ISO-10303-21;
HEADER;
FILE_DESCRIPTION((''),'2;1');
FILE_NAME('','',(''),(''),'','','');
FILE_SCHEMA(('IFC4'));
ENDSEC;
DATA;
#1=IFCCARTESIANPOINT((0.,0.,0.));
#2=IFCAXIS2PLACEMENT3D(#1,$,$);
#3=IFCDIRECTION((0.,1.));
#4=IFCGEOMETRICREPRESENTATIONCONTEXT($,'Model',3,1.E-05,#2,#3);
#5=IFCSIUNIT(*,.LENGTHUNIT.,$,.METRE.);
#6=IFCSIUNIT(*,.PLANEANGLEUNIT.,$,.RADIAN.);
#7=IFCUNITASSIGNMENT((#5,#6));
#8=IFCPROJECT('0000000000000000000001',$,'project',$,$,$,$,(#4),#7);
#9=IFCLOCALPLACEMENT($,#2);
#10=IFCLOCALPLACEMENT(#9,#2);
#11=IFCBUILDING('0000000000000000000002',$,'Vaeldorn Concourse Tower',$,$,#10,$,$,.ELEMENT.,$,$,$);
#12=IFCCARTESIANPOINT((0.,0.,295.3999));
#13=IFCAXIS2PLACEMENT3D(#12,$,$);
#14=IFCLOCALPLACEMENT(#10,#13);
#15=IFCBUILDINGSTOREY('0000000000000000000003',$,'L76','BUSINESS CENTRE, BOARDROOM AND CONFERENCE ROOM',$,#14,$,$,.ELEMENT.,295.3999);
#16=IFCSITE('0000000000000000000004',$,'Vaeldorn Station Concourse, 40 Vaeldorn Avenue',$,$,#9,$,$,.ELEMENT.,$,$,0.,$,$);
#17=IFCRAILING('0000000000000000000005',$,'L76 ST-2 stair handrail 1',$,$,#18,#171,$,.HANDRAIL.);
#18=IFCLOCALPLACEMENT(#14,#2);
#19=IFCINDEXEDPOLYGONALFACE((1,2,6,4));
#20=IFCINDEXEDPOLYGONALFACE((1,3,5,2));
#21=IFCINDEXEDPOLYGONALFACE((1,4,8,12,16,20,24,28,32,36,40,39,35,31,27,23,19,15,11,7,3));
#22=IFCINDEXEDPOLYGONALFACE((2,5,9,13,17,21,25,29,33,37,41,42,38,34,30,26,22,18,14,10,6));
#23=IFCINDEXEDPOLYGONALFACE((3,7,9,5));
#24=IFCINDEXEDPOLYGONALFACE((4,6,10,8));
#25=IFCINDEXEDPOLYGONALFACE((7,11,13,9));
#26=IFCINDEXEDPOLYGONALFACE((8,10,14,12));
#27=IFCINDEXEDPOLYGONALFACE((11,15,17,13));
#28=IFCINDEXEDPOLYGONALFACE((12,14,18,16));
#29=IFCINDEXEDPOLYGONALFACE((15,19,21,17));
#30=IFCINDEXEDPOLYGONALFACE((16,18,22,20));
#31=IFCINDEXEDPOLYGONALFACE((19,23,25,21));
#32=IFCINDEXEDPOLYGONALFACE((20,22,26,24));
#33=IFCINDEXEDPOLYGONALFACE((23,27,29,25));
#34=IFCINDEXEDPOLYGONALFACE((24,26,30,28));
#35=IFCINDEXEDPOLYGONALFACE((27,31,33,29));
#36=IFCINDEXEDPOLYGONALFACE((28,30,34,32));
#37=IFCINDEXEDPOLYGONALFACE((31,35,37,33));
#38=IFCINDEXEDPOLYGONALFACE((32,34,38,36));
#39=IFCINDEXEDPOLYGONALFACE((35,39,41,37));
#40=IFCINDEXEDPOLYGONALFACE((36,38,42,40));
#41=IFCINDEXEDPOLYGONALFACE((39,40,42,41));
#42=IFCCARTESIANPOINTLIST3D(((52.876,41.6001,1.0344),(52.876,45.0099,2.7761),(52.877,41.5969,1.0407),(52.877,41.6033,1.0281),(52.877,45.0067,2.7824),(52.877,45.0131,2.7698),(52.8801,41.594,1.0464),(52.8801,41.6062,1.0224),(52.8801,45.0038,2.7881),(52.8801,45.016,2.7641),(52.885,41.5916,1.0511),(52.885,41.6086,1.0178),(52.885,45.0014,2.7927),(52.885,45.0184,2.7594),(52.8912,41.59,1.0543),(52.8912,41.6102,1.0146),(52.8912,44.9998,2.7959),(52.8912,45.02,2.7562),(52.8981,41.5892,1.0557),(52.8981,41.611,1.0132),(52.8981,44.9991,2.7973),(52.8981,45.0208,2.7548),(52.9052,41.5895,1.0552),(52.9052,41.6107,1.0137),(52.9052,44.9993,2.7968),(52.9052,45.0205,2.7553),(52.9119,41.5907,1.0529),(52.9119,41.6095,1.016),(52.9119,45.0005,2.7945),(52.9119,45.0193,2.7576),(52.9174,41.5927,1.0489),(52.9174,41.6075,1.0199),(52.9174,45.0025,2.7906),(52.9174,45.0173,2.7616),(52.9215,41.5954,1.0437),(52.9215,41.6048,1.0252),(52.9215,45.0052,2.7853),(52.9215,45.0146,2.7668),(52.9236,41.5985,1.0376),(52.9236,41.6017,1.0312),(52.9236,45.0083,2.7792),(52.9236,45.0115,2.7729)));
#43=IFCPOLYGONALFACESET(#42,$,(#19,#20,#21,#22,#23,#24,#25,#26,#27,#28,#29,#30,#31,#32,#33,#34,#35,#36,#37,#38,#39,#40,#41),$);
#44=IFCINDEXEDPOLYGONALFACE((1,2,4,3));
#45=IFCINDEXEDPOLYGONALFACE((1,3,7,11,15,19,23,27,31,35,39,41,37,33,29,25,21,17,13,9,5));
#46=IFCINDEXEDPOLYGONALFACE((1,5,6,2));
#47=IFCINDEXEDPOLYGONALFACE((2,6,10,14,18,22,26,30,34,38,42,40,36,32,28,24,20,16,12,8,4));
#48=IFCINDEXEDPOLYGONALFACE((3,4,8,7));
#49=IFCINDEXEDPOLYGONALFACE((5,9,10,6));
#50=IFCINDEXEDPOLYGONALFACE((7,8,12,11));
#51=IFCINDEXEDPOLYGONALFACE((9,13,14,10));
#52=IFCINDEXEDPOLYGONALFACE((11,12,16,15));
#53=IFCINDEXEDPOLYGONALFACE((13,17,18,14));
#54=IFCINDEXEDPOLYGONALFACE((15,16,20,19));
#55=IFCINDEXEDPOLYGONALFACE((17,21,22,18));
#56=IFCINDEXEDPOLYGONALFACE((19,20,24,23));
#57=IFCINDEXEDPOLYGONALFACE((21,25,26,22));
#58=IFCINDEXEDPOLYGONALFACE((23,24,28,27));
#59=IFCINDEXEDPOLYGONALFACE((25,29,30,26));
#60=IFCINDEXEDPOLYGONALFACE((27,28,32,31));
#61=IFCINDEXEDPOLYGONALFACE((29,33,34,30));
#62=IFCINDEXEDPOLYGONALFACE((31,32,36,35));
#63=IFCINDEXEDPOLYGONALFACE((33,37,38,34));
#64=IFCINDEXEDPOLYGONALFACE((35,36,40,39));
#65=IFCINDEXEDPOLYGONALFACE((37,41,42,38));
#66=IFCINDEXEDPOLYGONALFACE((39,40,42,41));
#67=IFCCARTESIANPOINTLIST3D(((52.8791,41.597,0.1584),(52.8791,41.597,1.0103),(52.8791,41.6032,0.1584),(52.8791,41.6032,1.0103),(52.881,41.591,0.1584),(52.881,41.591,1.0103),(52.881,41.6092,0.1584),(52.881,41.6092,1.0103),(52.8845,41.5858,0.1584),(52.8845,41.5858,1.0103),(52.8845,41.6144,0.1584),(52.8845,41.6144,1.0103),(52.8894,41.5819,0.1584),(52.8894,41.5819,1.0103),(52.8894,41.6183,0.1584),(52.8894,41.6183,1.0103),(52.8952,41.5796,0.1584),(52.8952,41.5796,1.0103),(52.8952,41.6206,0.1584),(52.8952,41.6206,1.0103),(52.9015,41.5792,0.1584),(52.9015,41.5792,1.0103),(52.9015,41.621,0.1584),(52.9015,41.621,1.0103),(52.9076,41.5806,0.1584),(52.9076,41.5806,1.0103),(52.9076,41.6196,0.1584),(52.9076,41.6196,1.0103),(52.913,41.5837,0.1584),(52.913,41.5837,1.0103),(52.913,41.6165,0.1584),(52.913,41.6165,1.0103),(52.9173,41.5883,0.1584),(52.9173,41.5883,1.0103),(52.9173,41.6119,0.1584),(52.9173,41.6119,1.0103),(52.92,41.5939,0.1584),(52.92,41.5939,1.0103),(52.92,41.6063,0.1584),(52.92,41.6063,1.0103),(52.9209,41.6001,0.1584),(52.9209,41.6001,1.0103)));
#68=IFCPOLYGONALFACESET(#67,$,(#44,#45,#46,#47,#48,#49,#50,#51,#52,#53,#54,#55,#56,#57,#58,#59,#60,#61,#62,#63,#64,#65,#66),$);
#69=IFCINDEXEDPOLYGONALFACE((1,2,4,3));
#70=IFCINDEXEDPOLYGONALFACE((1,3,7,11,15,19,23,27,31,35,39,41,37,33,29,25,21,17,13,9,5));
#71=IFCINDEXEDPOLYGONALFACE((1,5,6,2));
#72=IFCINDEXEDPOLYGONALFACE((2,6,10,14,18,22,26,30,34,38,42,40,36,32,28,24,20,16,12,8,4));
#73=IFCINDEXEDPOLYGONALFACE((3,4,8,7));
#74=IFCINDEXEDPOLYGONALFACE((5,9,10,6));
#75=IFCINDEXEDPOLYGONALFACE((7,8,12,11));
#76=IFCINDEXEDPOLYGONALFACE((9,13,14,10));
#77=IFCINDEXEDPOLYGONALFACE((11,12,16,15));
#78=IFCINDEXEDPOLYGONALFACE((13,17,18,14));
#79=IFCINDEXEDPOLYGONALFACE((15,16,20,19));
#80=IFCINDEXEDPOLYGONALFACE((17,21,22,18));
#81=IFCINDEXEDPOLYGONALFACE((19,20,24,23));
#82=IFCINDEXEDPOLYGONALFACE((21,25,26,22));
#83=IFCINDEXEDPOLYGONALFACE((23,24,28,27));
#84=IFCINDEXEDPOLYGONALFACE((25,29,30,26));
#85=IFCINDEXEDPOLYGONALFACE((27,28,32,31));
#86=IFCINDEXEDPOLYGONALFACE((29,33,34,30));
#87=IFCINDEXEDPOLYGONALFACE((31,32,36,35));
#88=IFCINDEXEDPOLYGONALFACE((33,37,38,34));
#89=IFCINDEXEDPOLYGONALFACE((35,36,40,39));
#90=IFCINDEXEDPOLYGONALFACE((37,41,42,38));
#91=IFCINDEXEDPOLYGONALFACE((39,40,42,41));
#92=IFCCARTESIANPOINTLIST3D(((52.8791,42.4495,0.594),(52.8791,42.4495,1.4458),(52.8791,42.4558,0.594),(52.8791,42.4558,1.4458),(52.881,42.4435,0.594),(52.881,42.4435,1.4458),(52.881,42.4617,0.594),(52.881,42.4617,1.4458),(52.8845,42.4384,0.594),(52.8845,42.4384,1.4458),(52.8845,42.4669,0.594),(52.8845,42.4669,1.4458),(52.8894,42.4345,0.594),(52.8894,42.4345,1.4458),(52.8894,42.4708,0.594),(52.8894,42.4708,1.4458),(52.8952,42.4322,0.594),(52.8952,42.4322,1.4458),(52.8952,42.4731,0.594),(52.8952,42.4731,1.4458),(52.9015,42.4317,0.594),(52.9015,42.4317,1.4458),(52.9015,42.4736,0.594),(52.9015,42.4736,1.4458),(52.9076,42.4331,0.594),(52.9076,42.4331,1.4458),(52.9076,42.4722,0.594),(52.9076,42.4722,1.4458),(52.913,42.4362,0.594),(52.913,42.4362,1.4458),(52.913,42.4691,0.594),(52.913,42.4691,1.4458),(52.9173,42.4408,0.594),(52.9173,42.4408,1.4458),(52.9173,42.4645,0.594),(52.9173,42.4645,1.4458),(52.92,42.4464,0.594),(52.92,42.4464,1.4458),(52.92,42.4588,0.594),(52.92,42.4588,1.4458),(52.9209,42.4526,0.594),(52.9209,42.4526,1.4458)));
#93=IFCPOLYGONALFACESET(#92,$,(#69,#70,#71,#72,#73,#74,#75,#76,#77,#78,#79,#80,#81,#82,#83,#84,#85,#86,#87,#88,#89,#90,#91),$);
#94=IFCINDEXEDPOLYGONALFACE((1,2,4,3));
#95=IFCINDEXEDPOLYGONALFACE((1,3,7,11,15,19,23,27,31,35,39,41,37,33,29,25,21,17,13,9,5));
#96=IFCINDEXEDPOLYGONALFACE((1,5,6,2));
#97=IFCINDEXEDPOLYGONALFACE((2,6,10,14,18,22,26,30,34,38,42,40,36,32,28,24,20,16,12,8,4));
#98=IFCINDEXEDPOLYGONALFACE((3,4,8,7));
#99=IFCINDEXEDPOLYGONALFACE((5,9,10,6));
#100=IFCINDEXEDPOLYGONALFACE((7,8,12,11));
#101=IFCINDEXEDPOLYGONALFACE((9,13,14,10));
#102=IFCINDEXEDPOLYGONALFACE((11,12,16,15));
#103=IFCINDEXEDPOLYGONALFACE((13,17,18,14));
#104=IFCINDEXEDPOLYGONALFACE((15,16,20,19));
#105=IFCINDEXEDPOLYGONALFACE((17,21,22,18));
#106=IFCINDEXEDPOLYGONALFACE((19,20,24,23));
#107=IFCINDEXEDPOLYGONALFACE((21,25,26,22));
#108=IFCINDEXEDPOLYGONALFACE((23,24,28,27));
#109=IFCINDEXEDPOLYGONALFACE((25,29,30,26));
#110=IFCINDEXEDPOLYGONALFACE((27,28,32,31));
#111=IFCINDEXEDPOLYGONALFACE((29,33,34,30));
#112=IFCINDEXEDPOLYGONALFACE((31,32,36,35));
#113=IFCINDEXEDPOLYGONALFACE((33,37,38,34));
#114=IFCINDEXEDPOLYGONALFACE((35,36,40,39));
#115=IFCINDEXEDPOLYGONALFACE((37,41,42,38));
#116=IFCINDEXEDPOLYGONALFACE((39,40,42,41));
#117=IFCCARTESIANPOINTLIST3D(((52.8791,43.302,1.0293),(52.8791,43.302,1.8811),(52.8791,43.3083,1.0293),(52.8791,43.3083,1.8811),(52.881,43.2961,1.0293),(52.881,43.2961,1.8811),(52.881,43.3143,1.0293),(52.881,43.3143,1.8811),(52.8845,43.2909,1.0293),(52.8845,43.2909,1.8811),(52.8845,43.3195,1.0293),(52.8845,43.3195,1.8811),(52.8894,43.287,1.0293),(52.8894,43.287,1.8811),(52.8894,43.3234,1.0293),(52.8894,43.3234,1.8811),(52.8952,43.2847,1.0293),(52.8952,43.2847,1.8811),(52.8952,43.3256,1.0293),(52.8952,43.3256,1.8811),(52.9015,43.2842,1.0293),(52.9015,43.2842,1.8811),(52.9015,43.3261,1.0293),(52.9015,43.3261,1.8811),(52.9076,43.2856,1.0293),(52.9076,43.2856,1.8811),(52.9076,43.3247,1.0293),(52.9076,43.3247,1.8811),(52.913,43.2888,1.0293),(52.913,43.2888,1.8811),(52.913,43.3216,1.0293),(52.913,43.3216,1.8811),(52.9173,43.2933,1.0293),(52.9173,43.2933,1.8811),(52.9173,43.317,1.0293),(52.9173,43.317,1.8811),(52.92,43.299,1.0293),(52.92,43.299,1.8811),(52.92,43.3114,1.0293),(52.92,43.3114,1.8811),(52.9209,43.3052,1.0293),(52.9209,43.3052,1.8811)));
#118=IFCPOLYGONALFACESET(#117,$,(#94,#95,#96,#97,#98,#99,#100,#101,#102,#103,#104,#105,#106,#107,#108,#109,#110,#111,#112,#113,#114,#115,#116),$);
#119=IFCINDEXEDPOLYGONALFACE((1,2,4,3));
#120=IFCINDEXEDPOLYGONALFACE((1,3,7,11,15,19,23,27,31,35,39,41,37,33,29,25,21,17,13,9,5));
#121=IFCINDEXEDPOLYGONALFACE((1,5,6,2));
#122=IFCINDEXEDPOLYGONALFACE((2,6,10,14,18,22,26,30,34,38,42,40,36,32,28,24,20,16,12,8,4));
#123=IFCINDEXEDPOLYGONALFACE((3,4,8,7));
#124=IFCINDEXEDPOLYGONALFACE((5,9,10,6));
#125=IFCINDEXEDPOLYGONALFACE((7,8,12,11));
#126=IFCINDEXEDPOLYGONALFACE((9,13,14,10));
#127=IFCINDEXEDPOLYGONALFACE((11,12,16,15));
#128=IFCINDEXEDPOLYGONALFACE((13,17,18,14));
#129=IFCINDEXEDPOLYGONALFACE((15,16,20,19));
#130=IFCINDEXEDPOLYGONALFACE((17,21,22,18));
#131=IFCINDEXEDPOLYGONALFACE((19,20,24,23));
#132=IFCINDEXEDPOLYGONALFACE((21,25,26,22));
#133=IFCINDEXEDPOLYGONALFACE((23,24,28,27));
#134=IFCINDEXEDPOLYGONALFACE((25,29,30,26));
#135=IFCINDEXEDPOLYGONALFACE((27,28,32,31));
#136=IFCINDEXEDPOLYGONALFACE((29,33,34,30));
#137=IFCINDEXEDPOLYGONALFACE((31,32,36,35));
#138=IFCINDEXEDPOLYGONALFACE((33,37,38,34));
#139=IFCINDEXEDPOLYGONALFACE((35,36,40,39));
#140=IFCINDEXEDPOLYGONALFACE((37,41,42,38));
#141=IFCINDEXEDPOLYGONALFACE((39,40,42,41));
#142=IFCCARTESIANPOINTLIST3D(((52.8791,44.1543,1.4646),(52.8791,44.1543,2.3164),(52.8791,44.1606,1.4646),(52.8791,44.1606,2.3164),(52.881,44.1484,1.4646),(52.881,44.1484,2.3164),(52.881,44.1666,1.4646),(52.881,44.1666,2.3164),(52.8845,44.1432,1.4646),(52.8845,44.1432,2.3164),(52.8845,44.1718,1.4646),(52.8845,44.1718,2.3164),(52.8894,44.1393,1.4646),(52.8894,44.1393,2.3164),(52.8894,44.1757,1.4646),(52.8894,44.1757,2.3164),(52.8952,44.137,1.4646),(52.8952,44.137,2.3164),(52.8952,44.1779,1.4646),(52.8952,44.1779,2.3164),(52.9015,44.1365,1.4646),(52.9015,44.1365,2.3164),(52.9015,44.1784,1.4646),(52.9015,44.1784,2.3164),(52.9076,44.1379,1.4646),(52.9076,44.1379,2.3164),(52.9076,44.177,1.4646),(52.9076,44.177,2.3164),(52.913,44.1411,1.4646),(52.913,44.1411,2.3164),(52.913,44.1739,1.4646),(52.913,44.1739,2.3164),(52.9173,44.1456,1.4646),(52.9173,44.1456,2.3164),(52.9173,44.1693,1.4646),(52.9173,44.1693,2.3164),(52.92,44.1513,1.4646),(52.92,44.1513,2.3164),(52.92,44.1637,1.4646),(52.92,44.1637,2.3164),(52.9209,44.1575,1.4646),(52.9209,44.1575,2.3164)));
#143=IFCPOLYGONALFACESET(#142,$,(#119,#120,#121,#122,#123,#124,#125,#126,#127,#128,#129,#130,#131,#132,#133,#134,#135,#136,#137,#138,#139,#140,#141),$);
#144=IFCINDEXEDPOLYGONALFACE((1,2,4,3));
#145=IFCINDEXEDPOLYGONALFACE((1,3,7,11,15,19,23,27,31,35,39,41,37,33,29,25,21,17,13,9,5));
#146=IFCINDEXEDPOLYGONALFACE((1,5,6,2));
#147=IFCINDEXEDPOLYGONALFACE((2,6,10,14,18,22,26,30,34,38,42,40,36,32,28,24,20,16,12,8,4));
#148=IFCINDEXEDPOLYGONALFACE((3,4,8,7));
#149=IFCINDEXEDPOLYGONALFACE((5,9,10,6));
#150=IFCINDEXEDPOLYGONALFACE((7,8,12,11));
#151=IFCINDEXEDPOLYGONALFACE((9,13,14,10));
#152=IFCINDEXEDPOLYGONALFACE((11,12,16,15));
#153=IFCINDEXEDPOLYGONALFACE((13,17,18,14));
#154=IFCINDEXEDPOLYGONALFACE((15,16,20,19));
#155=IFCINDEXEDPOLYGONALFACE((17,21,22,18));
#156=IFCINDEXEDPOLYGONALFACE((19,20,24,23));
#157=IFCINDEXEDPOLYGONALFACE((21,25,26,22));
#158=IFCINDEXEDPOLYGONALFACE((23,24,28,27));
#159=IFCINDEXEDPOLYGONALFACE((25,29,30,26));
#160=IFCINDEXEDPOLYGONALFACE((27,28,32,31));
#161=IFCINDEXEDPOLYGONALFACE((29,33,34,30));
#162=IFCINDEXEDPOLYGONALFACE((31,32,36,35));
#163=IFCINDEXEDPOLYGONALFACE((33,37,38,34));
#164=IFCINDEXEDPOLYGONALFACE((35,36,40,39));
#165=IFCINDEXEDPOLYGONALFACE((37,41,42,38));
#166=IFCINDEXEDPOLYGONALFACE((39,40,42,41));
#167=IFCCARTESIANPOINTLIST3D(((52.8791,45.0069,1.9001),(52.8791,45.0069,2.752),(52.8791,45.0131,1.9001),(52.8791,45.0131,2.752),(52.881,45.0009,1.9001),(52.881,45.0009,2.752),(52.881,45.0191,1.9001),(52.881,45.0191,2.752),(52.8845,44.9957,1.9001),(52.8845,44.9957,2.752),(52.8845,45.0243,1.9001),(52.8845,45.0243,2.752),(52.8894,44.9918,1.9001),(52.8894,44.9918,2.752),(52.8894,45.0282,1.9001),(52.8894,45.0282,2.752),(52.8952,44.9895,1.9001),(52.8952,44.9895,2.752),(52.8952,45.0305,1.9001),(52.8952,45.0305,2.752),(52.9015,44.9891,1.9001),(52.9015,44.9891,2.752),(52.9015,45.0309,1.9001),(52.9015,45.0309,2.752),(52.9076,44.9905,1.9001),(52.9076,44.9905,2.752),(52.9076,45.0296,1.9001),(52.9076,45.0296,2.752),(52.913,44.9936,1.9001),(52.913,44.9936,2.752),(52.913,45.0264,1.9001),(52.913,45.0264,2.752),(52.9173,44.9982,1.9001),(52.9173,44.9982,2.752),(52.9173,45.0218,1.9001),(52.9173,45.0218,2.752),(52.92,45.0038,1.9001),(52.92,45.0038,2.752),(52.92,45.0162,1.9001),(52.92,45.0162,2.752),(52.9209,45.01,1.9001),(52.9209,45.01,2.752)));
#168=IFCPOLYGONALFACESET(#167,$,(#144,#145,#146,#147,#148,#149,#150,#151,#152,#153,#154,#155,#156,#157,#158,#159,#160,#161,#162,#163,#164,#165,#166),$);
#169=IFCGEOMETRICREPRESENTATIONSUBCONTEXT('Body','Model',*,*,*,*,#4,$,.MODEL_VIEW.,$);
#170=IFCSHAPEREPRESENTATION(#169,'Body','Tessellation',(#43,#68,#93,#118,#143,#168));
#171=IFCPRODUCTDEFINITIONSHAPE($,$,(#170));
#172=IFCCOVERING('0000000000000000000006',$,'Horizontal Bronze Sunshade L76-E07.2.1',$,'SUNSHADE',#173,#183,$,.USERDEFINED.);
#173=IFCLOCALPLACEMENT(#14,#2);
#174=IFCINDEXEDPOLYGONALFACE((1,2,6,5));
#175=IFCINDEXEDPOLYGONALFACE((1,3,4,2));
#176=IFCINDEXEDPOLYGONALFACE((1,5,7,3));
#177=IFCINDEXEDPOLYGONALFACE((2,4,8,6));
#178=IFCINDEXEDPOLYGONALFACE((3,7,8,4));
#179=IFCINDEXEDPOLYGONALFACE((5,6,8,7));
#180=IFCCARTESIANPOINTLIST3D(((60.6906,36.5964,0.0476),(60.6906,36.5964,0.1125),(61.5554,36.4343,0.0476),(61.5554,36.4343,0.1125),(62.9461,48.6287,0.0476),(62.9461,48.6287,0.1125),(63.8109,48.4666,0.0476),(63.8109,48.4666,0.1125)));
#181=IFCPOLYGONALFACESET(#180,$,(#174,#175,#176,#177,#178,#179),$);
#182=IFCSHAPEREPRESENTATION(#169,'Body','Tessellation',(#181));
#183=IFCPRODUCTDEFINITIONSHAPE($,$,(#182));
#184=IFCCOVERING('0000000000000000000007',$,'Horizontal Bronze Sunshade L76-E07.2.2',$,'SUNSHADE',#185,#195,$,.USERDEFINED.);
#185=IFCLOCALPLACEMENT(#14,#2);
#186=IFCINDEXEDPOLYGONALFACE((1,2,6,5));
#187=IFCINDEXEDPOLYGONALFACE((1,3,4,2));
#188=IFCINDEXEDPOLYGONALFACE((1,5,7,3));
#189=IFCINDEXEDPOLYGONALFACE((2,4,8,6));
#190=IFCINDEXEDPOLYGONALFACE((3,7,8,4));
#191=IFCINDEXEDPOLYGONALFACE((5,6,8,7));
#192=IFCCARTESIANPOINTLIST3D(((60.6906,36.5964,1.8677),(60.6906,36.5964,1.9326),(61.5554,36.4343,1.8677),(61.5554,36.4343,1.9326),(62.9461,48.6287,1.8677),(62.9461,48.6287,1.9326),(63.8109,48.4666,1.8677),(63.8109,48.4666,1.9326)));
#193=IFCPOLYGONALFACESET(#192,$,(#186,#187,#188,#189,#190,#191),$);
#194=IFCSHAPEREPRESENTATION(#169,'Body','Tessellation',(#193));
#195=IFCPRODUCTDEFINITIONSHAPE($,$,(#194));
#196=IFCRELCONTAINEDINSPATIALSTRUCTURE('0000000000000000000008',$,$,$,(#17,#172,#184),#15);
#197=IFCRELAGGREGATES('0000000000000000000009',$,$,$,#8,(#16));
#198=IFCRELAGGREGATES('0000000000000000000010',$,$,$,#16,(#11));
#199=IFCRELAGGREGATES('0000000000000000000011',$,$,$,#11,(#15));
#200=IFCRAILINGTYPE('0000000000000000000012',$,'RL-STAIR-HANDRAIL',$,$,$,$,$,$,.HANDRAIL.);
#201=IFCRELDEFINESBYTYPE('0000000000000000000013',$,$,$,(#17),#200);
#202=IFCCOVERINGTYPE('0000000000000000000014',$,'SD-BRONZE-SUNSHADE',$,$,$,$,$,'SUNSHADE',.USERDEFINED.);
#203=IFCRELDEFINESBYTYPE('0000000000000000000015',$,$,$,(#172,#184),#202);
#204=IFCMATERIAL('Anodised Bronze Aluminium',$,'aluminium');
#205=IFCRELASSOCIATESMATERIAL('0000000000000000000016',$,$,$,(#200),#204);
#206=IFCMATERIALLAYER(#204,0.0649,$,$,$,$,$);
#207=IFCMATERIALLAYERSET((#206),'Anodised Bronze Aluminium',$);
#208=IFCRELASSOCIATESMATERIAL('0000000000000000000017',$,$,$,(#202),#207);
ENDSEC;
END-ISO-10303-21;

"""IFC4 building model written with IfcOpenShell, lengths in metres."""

from ifc_helpers import new_model, si_unit, direction, frame, origin, origin_2d, place, context, subcontext, project, spatial, rectangle, circle, extrude, source, transform, mapped, material, layer, layer_set, type_object, element, save


model = new_model("IFC4")

# Units and contexts
model_context = context("Model", 3, precision=1e-05, world=origin(), true_north=direction((0.0, 1.0)))
body_context = subcontext(model_context, "Body", "Model", "MODEL_VIEW")
ifc_project = project(units=[si_unit("LENGTHUNIT", "METRE"), si_unit("PLANEANGLEUNIT", "RADIAN")], contexts=[model_context])

# Site, building, storey
site_placement = place(None, origin())
site = spatial("IfcSite", under=ifc_project, at=site_placement, Name="Vaeldorn Station Concourse, 40 Vaeldorn Avenue", CompositionType="ELEMENT", RefElevation=0.0)
building_placement = place(site_placement, origin())
building = spatial("IfcBuilding", under=site, at=building_placement, Name="Vaeldorn Concourse Tower", CompositionType="ELEMENT")
storey_placement = place(building_placement, frame((0.0, 0.0, 295.3999)))
storey = spatial("IfcBuildingStorey", under=building, at=storey_placement, Name="L76", Description="BUSINESS CENTRE, BOARDROOM AND CONFERENCE ROOM", CompositionType="ELEMENT", Elevation=295.3999)

# Shared definitions
ifc_material_1 = material(Name="Anodised Bronze Aluminium", Category="aluminium")

# Railing
railing_type_1 = type_object("IfcRailingType", Name="RL-STAIR-HANDRAIL", PredefinedType="HANDRAIL", material=ifc_material_1)
railing_1_placement = place(storey_placement, frame((52.8999, 41.6001, 0.1584)))
element("IfcRailing", 1, at=railing_1_placement, inside=storey, type_object=railing_type_1, Name="L76 ST-2 stair handrail 1", PredefinedType="HANDRAIL", context=body_context, shape_type="SweptSolid", body=[
    extrude(circle(Radius=0.0239, at=origin_2d()), frame((0.0, 0.0, 0.876), z_axis=(0.0, 0.890556, 0.454874), x_axis=(-1.0, 0.0, 0.0)), (0.0, 0.0, 1.0), 3.8289),
    extrude(circle(Radius=0.021, at=origin_2d()), origin(), (0.0, 0.0, 1.0), 0.8518),
    extrude(circle(Radius=0.021, at=origin_2d()), frame((0.0, 0.8525, 0.4355)), (0.0, 0.0, 1.0), 0.8518),
    extrude(circle(Radius=0.021, at=origin_2d()), frame((0.0, 1.7051, 0.8708)), (0.0, 0.0, 1.0), 0.8518),
    extrude(circle(Radius=0.021, at=origin_2d()), frame((0.0, 2.5574, 1.3062)), (0.0, 0.0, 1.0), 0.8518),
    extrude(circle(Radius=0.021, at=origin_2d()), frame((0.0, 3.4099, 1.7417)), (0.0, 0.0, 1.0), 0.8518),
])

# Coverings
ifc_layer_1 = layer(ifc_material_1, 0.0649)
ifc_layer_set_1 = layer_set([ifc_layer_1], Name="Anodised Bronze Aluminium")
covering_type = type_object("IfcCoveringType", Name="SD-BRONZE-SUNSHADE", ElementType="SUNSHADE", PredefinedType="USERDEFINED", material=ifc_layer_set_1)
shared_shape_1 = source(origin(), body_context, "Body", "SweptSolid", [
    extrude(rectangle(XDim=12.2419, YDim=0.8799, at=origin_2d()), origin(), (0.0, 0.0, 1.0), 0.0649),
])
for number, where, z_axis, x_axis, name in (
    (2, (62.2507, 42.5315, 0.0476), (0.0, 0.0, 1.0), (0.184243, 0.982881, 0.0), "Horizontal Bronze Sunshade L76-E07.2.1"),
    (3, (62.2507, 42.5315, 1.8677), (0.0, 0.0, 1.0), (0.184243, 0.982881, 0.0), "Horizontal Bronze Sunshade L76-E07.2.2"),
):
    element("IfcCovering", number, at=place(storey_placement, frame(where, z_axis=z_axis, x_axis=x_axis)), inside=storey, type_object=covering_type, Name=name, ObjectType="SUNSHADE", PredefinedType="USERDEFINED", context=body_context, shape_type="MappedRepresentation", body=[
        mapped(shared_shape_1, transform((0.0, 0.0, 0.0), scale=1.0)),
    ])

save(model, "model.ifc")
